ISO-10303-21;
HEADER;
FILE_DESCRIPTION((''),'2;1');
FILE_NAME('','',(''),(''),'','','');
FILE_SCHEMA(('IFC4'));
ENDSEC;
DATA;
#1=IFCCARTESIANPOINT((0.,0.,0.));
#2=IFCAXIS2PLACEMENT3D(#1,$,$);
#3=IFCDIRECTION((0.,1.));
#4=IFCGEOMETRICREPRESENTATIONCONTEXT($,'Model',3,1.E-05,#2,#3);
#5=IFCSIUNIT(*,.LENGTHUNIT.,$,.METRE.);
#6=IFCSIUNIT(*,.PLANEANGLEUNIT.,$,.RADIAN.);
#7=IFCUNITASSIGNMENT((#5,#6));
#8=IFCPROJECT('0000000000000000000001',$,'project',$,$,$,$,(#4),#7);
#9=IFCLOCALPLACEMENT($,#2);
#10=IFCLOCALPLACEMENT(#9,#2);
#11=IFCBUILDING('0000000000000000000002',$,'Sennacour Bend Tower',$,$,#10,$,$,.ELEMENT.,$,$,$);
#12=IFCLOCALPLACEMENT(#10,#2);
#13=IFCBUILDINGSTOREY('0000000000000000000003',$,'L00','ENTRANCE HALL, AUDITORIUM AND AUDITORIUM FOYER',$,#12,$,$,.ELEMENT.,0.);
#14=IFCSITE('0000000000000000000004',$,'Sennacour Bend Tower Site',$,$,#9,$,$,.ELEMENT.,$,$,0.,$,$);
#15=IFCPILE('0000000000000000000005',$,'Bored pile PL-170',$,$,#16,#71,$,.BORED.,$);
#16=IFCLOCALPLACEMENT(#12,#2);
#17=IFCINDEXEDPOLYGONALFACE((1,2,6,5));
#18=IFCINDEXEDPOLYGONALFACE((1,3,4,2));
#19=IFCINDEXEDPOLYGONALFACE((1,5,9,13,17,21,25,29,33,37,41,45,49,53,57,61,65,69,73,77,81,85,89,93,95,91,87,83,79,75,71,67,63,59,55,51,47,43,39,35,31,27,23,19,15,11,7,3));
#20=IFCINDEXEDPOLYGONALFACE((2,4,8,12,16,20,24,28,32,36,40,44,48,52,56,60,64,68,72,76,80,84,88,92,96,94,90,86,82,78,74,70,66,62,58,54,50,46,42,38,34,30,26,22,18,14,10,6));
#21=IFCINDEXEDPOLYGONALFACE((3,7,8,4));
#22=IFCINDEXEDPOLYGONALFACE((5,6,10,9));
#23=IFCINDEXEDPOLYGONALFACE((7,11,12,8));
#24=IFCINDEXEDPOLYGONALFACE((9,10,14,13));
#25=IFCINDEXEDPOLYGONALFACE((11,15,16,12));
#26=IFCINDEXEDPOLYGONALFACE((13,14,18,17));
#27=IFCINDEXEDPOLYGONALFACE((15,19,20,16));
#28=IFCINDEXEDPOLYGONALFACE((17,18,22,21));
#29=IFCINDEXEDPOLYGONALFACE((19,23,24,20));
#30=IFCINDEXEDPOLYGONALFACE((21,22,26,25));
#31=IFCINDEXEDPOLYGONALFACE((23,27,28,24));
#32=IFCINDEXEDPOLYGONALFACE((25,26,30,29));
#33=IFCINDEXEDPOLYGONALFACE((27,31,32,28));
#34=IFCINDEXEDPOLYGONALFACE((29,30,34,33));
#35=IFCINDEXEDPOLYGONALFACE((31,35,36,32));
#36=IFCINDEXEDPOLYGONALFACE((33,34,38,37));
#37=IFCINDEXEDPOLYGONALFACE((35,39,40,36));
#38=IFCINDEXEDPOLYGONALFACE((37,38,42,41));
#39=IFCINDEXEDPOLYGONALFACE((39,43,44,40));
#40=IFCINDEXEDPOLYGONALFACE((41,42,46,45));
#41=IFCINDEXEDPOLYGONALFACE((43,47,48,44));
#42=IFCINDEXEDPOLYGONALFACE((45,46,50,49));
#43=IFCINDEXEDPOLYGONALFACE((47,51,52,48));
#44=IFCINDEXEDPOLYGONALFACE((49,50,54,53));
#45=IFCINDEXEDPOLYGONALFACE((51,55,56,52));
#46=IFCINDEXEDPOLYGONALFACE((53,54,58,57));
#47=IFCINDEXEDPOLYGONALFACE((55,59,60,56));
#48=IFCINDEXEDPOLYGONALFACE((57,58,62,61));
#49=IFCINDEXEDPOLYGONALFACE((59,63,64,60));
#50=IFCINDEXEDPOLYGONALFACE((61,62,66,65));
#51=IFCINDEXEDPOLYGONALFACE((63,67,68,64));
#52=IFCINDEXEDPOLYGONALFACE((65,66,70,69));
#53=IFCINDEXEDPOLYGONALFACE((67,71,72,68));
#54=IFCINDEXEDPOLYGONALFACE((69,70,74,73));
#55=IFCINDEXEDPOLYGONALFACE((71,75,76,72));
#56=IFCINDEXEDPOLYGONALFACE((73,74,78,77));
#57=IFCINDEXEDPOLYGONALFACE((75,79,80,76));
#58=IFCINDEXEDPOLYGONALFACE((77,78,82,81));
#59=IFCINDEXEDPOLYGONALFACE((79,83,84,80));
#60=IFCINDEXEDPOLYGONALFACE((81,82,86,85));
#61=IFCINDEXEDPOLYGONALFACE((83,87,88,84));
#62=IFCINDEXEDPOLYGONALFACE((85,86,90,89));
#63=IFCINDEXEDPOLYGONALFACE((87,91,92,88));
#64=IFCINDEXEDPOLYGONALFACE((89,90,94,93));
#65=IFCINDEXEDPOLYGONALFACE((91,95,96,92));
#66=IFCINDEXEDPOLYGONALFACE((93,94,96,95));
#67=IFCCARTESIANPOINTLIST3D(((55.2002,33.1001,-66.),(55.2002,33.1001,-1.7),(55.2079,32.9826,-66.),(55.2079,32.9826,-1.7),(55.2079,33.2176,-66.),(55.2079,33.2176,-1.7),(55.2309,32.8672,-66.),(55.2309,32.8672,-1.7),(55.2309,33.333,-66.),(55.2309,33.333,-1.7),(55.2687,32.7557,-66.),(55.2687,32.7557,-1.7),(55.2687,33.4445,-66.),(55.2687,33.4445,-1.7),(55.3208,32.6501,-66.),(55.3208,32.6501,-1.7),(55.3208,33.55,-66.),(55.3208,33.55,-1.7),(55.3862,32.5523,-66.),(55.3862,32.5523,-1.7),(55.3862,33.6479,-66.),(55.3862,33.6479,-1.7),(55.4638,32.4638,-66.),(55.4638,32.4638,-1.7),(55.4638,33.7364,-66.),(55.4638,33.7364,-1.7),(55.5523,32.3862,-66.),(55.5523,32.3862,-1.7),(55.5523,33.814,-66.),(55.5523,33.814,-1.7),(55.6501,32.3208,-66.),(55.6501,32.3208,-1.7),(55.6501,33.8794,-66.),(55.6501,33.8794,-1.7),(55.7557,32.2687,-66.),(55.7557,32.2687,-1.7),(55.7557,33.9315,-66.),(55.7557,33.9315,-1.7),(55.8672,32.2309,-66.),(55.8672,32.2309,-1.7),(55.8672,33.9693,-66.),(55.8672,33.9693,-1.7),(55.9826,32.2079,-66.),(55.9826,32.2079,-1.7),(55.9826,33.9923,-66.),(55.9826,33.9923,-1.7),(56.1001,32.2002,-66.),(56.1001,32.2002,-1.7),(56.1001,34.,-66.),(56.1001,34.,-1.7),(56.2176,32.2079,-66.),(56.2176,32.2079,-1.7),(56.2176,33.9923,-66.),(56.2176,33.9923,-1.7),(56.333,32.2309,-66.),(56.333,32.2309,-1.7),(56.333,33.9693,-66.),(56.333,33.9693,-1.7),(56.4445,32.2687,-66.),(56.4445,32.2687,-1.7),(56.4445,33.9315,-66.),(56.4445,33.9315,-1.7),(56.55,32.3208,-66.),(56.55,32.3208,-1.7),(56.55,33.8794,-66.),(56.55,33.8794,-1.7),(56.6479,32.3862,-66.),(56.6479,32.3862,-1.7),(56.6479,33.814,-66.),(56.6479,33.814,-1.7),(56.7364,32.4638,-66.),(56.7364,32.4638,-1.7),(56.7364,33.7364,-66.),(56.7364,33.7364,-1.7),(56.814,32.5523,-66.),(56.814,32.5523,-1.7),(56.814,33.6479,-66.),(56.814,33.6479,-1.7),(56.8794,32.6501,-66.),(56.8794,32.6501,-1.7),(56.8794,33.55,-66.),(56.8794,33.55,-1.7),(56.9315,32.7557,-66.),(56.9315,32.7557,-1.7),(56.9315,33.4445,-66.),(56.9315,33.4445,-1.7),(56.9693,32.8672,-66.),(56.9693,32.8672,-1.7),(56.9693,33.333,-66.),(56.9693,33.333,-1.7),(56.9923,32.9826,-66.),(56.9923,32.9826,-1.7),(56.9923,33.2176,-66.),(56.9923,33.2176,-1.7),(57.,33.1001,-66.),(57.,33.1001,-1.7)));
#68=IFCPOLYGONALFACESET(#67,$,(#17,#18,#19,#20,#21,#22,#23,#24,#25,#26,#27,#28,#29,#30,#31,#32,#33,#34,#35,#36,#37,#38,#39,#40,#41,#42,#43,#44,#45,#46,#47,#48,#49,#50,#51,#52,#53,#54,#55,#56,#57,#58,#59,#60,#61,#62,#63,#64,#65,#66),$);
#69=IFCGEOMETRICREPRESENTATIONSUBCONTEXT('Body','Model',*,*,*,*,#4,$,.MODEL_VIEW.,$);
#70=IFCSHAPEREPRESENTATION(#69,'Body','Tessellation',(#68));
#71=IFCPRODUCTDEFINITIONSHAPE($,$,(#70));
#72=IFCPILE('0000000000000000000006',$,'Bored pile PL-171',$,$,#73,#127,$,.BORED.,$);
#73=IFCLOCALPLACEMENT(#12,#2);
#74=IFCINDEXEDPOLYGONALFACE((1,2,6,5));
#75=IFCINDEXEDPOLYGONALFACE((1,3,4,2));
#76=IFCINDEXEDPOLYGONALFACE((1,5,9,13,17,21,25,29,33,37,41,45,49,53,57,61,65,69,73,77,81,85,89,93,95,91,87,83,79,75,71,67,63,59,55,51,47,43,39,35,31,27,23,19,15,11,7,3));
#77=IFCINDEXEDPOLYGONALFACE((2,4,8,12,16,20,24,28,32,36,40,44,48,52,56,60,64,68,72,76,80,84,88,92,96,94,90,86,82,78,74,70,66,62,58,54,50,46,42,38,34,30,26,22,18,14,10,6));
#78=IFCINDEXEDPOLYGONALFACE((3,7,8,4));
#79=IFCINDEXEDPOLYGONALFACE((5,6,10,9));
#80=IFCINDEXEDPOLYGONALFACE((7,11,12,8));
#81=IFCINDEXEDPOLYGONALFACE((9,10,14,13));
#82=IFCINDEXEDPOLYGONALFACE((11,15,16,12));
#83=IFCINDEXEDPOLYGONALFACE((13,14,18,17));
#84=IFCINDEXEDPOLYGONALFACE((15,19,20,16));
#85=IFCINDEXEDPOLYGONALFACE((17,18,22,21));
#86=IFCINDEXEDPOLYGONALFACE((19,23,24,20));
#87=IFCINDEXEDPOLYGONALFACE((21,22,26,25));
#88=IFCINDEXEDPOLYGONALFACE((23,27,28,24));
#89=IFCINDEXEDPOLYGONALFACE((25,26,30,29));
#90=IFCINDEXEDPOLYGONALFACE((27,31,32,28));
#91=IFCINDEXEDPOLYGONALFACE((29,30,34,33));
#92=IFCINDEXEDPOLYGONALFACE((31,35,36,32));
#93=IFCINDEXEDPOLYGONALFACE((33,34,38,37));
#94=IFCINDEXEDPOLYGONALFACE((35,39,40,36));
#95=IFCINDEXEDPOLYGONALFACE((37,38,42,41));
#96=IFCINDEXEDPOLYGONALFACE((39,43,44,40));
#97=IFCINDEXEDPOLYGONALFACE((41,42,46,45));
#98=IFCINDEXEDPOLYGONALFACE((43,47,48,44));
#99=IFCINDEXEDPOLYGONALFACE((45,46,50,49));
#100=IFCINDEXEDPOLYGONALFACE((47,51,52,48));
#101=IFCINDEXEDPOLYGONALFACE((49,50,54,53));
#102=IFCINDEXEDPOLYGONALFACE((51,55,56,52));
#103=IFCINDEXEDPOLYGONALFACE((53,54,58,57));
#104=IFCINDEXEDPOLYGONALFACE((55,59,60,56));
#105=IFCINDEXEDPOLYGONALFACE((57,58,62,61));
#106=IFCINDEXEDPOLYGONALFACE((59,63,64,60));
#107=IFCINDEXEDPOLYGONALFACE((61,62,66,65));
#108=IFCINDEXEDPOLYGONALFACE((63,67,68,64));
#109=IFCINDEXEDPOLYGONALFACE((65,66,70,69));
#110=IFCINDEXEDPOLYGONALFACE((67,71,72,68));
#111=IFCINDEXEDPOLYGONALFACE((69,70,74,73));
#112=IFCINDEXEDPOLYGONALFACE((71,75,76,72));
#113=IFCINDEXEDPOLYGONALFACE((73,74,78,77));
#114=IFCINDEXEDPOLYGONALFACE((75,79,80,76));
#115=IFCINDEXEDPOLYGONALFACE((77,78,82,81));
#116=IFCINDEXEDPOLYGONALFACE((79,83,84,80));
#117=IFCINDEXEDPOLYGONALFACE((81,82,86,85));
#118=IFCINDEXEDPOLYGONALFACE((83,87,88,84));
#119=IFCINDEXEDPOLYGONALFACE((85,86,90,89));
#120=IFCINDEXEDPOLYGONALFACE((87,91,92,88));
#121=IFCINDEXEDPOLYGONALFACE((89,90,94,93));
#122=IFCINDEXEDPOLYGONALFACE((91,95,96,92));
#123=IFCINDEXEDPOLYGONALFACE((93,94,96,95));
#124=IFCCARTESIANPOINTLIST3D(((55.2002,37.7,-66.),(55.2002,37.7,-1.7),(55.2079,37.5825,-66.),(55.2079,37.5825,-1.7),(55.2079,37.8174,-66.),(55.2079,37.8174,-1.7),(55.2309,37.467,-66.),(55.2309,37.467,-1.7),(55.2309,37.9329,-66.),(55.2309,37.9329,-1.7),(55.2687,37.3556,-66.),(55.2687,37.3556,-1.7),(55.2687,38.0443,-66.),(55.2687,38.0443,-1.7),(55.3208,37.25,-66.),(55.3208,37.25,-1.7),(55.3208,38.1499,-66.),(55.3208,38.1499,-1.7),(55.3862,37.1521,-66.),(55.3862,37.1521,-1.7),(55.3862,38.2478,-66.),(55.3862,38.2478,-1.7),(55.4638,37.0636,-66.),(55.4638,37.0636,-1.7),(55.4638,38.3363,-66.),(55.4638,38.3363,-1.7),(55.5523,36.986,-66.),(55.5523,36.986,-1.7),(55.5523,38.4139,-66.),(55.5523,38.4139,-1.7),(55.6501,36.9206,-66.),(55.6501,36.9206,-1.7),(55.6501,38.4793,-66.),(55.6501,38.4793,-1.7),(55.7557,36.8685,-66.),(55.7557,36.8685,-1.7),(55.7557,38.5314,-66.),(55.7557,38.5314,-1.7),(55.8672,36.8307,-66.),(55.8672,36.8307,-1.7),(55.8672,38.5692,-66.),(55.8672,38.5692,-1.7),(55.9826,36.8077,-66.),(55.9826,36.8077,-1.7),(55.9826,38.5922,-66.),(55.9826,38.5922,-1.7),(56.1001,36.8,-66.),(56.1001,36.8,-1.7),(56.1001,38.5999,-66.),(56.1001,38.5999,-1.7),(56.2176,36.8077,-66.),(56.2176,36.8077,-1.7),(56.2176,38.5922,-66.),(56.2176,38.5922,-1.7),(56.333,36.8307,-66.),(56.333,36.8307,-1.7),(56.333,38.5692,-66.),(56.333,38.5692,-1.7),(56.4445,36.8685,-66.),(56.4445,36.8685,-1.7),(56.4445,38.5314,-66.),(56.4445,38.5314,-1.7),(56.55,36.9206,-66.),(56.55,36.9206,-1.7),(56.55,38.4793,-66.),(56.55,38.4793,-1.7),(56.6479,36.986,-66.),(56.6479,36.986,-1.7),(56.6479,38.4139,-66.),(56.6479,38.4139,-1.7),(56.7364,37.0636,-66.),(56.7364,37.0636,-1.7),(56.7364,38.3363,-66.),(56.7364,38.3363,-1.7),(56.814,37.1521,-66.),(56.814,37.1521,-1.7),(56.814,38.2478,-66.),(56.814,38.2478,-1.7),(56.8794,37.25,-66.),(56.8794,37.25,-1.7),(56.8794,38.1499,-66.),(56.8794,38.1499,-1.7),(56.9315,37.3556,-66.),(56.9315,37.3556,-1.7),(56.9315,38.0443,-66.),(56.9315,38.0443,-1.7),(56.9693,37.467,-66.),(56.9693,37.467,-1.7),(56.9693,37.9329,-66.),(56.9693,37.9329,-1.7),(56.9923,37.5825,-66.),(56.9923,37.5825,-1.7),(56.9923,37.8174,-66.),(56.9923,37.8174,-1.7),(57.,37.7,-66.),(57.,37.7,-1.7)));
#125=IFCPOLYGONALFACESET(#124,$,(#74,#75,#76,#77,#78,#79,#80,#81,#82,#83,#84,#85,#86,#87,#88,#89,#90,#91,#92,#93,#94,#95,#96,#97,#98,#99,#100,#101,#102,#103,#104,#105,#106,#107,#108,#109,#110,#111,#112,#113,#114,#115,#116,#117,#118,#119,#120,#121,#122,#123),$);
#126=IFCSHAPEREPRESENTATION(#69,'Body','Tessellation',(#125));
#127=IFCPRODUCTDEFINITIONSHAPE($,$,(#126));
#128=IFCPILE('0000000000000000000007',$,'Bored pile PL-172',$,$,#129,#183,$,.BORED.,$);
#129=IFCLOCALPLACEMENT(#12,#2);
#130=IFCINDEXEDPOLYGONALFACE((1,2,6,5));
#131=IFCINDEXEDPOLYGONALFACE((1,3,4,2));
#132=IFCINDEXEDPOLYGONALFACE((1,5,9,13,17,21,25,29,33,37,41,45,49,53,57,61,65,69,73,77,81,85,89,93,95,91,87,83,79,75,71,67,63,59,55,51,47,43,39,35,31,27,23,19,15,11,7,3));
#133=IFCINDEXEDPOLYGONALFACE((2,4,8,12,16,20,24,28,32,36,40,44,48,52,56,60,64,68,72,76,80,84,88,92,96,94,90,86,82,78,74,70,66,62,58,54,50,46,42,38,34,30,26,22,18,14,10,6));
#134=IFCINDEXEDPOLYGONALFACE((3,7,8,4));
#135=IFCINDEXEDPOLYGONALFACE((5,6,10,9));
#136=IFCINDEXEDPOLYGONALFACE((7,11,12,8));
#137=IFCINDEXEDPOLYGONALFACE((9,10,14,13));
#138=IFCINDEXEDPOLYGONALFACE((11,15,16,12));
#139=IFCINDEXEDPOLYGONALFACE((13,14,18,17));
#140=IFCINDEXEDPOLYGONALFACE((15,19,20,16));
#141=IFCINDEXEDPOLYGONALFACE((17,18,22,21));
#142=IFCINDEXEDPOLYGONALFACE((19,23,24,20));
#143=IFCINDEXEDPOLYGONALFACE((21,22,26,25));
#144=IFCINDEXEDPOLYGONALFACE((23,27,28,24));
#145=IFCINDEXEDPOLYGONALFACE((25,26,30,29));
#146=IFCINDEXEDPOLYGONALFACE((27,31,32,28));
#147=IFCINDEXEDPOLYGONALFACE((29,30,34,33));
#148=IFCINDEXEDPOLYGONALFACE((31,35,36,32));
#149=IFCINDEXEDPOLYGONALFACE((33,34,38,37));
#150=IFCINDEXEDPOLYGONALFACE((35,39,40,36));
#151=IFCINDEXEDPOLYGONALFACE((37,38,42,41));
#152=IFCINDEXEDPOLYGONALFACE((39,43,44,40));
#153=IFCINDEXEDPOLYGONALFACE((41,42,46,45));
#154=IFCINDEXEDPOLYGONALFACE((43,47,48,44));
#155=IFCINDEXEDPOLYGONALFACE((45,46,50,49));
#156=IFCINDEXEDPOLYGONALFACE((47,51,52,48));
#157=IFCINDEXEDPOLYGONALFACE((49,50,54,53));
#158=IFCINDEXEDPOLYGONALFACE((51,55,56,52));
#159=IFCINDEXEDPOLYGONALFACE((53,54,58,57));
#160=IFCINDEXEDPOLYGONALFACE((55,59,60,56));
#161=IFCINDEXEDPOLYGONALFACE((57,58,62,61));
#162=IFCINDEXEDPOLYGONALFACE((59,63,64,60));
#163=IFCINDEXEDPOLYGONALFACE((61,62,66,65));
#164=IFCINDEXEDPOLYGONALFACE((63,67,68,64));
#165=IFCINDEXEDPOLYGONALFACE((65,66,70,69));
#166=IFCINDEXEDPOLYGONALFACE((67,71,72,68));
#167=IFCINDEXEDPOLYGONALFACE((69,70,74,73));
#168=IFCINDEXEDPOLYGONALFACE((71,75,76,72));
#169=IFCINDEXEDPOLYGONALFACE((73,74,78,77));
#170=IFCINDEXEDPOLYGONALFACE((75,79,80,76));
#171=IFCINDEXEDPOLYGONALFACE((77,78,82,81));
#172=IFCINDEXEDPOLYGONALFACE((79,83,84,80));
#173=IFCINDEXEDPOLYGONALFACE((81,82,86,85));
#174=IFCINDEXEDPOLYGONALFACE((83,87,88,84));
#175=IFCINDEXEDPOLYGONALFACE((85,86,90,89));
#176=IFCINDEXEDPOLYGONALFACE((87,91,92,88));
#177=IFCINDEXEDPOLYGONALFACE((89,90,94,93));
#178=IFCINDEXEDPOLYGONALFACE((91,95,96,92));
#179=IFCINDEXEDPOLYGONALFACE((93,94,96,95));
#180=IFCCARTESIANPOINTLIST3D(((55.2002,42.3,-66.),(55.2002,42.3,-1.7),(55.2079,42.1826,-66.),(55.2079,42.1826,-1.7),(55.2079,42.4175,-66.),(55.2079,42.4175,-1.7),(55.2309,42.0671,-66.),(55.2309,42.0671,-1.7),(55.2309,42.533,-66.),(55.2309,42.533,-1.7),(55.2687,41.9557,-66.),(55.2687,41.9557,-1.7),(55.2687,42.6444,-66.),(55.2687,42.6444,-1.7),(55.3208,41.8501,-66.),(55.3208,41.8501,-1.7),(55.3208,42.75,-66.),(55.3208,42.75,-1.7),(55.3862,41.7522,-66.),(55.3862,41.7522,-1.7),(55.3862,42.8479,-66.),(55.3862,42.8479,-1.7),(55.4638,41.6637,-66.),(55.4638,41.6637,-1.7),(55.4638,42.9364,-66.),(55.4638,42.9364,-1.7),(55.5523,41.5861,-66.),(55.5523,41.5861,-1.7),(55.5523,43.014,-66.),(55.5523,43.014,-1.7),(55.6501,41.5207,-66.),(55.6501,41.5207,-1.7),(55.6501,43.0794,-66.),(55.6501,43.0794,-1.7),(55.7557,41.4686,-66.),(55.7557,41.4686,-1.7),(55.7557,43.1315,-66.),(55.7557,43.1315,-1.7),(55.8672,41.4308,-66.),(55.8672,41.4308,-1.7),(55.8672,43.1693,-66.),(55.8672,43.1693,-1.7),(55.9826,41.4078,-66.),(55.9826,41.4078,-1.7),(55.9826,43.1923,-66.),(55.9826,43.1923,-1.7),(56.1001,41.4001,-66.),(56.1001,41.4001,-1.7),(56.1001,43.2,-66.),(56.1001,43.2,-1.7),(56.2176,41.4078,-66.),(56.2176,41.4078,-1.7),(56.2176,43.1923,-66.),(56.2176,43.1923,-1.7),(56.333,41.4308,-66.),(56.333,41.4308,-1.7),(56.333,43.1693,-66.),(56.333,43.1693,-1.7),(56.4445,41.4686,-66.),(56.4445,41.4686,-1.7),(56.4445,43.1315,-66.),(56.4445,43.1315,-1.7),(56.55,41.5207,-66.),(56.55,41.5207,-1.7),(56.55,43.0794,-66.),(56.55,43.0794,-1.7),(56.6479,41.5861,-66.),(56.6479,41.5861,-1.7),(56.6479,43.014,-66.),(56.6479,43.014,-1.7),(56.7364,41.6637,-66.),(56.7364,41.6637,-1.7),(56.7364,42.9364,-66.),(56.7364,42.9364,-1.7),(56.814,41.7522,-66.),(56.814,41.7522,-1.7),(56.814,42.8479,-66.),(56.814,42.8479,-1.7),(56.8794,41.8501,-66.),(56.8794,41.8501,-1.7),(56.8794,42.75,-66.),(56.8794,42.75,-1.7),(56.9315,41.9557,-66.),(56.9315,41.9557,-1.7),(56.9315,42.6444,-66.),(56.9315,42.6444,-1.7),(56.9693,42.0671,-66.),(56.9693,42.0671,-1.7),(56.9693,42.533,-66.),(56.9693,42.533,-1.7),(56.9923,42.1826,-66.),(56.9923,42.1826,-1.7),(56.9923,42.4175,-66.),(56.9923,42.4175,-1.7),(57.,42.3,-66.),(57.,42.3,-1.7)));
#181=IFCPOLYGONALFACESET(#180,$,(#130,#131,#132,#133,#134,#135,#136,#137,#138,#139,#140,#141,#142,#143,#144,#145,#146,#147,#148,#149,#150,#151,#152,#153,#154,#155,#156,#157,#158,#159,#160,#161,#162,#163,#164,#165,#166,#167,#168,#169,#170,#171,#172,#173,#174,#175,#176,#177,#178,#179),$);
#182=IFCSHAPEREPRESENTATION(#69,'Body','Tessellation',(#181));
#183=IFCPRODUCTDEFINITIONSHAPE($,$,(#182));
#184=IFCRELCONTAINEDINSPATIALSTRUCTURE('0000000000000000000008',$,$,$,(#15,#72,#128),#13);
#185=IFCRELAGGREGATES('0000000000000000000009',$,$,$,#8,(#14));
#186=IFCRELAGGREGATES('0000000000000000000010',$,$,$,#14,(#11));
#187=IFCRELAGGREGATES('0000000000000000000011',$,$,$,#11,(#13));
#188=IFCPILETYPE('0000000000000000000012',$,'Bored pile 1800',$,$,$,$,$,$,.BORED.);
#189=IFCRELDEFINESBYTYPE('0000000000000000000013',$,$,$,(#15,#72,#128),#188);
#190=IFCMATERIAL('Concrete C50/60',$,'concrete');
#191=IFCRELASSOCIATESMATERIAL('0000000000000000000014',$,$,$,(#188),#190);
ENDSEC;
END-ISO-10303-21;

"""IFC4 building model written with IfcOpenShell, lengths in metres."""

from ifc_helpers import new_model, si_unit, direction, frame, origin, origin_2d, place, context, subcontext, project, spatial, circle, extrude, material, material_profile, profile_set, type_object, element, save


model = new_model("IFC4")

# Units and contexts
model_context = context("Model", 3, precision=1e-05, world=origin(), true_north=direction((0.0, 1.0)))
body_context = subcontext(model_context, "Body", "Model", "MODEL_VIEW")
ifc_project = project(units=[si_unit("LENGTHUNIT", "METRE"), si_unit("PLANEANGLEUNIT", "RADIAN")], contexts=[model_context])

# Site, building, storey
site_placement = place(None, origin())
site = spatial("IfcSite", under=ifc_project, at=site_placement, Name="Sennacour Bend Tower Site", CompositionType="ELEMENT", RefElevation=0.0)
building_placement = place(site_placement, origin())
building = spatial("IfcBuilding", under=site, at=building_placement, Name="Sennacour Bend Tower", CompositionType="ELEMENT")
storey_placement = place(building_placement, origin())
storey = spatial("IfcBuildingStorey", under=building, at=storey_placement, Name="L00", Description="ENTRANCE HALL, AUDITORIUM AND AUDITORIUM FOYER", CompositionType="ELEMENT", Elevation=0.0)

# Piles
ifc_material_1 = material(Name="Concrete C50/60", Category="concrete")
ifc_material_profile_1 = material_profile(ifc_material_1, circle(Radius=0.8999, at=origin_2d()), Name="Concrete C50/60", Category="concrete")
ifc_profile_set_1 = profile_set([ifc_material_profile_1], Name="Concrete C50/60")
pile_type = type_object("IfcPileType", Name="Bored pile 1800", PredefinedType="BORED", material=ifc_profile_set_1)
for number, where, z_axis, x_axis, name in (
    (1, (56.1001, 33.1001, -1.7), (0.0, 0.0, -1.0), (1.0, 0.0, 0.0), "Bored pile PL-170"),
    (2, (56.1001, 37.7, -1.7), (0.0, 0.0, -1.0), (1.0, 0.0, 0.0), "Bored pile PL-171"),
    (3, (56.1001, 42.3, -1.7), (0.0, 0.0, -1.0), (1.0, 0.0, 0.0), "Bored pile PL-172"),
):
    element("IfcPile", number, at=place(storey_placement, frame(where, z_axis=z_axis, x_axis=x_axis)), inside=storey, type_object=pile_type, Name=name, PredefinedType="BORED", context=body_context, shape_type="SweptSolid", body=[
        extrude(circle(Radius=0.8999, at=origin_2d()), origin(), (0.0, 0.0, 1.0), 64.3),
    ])

save(model, "model.ifc")
